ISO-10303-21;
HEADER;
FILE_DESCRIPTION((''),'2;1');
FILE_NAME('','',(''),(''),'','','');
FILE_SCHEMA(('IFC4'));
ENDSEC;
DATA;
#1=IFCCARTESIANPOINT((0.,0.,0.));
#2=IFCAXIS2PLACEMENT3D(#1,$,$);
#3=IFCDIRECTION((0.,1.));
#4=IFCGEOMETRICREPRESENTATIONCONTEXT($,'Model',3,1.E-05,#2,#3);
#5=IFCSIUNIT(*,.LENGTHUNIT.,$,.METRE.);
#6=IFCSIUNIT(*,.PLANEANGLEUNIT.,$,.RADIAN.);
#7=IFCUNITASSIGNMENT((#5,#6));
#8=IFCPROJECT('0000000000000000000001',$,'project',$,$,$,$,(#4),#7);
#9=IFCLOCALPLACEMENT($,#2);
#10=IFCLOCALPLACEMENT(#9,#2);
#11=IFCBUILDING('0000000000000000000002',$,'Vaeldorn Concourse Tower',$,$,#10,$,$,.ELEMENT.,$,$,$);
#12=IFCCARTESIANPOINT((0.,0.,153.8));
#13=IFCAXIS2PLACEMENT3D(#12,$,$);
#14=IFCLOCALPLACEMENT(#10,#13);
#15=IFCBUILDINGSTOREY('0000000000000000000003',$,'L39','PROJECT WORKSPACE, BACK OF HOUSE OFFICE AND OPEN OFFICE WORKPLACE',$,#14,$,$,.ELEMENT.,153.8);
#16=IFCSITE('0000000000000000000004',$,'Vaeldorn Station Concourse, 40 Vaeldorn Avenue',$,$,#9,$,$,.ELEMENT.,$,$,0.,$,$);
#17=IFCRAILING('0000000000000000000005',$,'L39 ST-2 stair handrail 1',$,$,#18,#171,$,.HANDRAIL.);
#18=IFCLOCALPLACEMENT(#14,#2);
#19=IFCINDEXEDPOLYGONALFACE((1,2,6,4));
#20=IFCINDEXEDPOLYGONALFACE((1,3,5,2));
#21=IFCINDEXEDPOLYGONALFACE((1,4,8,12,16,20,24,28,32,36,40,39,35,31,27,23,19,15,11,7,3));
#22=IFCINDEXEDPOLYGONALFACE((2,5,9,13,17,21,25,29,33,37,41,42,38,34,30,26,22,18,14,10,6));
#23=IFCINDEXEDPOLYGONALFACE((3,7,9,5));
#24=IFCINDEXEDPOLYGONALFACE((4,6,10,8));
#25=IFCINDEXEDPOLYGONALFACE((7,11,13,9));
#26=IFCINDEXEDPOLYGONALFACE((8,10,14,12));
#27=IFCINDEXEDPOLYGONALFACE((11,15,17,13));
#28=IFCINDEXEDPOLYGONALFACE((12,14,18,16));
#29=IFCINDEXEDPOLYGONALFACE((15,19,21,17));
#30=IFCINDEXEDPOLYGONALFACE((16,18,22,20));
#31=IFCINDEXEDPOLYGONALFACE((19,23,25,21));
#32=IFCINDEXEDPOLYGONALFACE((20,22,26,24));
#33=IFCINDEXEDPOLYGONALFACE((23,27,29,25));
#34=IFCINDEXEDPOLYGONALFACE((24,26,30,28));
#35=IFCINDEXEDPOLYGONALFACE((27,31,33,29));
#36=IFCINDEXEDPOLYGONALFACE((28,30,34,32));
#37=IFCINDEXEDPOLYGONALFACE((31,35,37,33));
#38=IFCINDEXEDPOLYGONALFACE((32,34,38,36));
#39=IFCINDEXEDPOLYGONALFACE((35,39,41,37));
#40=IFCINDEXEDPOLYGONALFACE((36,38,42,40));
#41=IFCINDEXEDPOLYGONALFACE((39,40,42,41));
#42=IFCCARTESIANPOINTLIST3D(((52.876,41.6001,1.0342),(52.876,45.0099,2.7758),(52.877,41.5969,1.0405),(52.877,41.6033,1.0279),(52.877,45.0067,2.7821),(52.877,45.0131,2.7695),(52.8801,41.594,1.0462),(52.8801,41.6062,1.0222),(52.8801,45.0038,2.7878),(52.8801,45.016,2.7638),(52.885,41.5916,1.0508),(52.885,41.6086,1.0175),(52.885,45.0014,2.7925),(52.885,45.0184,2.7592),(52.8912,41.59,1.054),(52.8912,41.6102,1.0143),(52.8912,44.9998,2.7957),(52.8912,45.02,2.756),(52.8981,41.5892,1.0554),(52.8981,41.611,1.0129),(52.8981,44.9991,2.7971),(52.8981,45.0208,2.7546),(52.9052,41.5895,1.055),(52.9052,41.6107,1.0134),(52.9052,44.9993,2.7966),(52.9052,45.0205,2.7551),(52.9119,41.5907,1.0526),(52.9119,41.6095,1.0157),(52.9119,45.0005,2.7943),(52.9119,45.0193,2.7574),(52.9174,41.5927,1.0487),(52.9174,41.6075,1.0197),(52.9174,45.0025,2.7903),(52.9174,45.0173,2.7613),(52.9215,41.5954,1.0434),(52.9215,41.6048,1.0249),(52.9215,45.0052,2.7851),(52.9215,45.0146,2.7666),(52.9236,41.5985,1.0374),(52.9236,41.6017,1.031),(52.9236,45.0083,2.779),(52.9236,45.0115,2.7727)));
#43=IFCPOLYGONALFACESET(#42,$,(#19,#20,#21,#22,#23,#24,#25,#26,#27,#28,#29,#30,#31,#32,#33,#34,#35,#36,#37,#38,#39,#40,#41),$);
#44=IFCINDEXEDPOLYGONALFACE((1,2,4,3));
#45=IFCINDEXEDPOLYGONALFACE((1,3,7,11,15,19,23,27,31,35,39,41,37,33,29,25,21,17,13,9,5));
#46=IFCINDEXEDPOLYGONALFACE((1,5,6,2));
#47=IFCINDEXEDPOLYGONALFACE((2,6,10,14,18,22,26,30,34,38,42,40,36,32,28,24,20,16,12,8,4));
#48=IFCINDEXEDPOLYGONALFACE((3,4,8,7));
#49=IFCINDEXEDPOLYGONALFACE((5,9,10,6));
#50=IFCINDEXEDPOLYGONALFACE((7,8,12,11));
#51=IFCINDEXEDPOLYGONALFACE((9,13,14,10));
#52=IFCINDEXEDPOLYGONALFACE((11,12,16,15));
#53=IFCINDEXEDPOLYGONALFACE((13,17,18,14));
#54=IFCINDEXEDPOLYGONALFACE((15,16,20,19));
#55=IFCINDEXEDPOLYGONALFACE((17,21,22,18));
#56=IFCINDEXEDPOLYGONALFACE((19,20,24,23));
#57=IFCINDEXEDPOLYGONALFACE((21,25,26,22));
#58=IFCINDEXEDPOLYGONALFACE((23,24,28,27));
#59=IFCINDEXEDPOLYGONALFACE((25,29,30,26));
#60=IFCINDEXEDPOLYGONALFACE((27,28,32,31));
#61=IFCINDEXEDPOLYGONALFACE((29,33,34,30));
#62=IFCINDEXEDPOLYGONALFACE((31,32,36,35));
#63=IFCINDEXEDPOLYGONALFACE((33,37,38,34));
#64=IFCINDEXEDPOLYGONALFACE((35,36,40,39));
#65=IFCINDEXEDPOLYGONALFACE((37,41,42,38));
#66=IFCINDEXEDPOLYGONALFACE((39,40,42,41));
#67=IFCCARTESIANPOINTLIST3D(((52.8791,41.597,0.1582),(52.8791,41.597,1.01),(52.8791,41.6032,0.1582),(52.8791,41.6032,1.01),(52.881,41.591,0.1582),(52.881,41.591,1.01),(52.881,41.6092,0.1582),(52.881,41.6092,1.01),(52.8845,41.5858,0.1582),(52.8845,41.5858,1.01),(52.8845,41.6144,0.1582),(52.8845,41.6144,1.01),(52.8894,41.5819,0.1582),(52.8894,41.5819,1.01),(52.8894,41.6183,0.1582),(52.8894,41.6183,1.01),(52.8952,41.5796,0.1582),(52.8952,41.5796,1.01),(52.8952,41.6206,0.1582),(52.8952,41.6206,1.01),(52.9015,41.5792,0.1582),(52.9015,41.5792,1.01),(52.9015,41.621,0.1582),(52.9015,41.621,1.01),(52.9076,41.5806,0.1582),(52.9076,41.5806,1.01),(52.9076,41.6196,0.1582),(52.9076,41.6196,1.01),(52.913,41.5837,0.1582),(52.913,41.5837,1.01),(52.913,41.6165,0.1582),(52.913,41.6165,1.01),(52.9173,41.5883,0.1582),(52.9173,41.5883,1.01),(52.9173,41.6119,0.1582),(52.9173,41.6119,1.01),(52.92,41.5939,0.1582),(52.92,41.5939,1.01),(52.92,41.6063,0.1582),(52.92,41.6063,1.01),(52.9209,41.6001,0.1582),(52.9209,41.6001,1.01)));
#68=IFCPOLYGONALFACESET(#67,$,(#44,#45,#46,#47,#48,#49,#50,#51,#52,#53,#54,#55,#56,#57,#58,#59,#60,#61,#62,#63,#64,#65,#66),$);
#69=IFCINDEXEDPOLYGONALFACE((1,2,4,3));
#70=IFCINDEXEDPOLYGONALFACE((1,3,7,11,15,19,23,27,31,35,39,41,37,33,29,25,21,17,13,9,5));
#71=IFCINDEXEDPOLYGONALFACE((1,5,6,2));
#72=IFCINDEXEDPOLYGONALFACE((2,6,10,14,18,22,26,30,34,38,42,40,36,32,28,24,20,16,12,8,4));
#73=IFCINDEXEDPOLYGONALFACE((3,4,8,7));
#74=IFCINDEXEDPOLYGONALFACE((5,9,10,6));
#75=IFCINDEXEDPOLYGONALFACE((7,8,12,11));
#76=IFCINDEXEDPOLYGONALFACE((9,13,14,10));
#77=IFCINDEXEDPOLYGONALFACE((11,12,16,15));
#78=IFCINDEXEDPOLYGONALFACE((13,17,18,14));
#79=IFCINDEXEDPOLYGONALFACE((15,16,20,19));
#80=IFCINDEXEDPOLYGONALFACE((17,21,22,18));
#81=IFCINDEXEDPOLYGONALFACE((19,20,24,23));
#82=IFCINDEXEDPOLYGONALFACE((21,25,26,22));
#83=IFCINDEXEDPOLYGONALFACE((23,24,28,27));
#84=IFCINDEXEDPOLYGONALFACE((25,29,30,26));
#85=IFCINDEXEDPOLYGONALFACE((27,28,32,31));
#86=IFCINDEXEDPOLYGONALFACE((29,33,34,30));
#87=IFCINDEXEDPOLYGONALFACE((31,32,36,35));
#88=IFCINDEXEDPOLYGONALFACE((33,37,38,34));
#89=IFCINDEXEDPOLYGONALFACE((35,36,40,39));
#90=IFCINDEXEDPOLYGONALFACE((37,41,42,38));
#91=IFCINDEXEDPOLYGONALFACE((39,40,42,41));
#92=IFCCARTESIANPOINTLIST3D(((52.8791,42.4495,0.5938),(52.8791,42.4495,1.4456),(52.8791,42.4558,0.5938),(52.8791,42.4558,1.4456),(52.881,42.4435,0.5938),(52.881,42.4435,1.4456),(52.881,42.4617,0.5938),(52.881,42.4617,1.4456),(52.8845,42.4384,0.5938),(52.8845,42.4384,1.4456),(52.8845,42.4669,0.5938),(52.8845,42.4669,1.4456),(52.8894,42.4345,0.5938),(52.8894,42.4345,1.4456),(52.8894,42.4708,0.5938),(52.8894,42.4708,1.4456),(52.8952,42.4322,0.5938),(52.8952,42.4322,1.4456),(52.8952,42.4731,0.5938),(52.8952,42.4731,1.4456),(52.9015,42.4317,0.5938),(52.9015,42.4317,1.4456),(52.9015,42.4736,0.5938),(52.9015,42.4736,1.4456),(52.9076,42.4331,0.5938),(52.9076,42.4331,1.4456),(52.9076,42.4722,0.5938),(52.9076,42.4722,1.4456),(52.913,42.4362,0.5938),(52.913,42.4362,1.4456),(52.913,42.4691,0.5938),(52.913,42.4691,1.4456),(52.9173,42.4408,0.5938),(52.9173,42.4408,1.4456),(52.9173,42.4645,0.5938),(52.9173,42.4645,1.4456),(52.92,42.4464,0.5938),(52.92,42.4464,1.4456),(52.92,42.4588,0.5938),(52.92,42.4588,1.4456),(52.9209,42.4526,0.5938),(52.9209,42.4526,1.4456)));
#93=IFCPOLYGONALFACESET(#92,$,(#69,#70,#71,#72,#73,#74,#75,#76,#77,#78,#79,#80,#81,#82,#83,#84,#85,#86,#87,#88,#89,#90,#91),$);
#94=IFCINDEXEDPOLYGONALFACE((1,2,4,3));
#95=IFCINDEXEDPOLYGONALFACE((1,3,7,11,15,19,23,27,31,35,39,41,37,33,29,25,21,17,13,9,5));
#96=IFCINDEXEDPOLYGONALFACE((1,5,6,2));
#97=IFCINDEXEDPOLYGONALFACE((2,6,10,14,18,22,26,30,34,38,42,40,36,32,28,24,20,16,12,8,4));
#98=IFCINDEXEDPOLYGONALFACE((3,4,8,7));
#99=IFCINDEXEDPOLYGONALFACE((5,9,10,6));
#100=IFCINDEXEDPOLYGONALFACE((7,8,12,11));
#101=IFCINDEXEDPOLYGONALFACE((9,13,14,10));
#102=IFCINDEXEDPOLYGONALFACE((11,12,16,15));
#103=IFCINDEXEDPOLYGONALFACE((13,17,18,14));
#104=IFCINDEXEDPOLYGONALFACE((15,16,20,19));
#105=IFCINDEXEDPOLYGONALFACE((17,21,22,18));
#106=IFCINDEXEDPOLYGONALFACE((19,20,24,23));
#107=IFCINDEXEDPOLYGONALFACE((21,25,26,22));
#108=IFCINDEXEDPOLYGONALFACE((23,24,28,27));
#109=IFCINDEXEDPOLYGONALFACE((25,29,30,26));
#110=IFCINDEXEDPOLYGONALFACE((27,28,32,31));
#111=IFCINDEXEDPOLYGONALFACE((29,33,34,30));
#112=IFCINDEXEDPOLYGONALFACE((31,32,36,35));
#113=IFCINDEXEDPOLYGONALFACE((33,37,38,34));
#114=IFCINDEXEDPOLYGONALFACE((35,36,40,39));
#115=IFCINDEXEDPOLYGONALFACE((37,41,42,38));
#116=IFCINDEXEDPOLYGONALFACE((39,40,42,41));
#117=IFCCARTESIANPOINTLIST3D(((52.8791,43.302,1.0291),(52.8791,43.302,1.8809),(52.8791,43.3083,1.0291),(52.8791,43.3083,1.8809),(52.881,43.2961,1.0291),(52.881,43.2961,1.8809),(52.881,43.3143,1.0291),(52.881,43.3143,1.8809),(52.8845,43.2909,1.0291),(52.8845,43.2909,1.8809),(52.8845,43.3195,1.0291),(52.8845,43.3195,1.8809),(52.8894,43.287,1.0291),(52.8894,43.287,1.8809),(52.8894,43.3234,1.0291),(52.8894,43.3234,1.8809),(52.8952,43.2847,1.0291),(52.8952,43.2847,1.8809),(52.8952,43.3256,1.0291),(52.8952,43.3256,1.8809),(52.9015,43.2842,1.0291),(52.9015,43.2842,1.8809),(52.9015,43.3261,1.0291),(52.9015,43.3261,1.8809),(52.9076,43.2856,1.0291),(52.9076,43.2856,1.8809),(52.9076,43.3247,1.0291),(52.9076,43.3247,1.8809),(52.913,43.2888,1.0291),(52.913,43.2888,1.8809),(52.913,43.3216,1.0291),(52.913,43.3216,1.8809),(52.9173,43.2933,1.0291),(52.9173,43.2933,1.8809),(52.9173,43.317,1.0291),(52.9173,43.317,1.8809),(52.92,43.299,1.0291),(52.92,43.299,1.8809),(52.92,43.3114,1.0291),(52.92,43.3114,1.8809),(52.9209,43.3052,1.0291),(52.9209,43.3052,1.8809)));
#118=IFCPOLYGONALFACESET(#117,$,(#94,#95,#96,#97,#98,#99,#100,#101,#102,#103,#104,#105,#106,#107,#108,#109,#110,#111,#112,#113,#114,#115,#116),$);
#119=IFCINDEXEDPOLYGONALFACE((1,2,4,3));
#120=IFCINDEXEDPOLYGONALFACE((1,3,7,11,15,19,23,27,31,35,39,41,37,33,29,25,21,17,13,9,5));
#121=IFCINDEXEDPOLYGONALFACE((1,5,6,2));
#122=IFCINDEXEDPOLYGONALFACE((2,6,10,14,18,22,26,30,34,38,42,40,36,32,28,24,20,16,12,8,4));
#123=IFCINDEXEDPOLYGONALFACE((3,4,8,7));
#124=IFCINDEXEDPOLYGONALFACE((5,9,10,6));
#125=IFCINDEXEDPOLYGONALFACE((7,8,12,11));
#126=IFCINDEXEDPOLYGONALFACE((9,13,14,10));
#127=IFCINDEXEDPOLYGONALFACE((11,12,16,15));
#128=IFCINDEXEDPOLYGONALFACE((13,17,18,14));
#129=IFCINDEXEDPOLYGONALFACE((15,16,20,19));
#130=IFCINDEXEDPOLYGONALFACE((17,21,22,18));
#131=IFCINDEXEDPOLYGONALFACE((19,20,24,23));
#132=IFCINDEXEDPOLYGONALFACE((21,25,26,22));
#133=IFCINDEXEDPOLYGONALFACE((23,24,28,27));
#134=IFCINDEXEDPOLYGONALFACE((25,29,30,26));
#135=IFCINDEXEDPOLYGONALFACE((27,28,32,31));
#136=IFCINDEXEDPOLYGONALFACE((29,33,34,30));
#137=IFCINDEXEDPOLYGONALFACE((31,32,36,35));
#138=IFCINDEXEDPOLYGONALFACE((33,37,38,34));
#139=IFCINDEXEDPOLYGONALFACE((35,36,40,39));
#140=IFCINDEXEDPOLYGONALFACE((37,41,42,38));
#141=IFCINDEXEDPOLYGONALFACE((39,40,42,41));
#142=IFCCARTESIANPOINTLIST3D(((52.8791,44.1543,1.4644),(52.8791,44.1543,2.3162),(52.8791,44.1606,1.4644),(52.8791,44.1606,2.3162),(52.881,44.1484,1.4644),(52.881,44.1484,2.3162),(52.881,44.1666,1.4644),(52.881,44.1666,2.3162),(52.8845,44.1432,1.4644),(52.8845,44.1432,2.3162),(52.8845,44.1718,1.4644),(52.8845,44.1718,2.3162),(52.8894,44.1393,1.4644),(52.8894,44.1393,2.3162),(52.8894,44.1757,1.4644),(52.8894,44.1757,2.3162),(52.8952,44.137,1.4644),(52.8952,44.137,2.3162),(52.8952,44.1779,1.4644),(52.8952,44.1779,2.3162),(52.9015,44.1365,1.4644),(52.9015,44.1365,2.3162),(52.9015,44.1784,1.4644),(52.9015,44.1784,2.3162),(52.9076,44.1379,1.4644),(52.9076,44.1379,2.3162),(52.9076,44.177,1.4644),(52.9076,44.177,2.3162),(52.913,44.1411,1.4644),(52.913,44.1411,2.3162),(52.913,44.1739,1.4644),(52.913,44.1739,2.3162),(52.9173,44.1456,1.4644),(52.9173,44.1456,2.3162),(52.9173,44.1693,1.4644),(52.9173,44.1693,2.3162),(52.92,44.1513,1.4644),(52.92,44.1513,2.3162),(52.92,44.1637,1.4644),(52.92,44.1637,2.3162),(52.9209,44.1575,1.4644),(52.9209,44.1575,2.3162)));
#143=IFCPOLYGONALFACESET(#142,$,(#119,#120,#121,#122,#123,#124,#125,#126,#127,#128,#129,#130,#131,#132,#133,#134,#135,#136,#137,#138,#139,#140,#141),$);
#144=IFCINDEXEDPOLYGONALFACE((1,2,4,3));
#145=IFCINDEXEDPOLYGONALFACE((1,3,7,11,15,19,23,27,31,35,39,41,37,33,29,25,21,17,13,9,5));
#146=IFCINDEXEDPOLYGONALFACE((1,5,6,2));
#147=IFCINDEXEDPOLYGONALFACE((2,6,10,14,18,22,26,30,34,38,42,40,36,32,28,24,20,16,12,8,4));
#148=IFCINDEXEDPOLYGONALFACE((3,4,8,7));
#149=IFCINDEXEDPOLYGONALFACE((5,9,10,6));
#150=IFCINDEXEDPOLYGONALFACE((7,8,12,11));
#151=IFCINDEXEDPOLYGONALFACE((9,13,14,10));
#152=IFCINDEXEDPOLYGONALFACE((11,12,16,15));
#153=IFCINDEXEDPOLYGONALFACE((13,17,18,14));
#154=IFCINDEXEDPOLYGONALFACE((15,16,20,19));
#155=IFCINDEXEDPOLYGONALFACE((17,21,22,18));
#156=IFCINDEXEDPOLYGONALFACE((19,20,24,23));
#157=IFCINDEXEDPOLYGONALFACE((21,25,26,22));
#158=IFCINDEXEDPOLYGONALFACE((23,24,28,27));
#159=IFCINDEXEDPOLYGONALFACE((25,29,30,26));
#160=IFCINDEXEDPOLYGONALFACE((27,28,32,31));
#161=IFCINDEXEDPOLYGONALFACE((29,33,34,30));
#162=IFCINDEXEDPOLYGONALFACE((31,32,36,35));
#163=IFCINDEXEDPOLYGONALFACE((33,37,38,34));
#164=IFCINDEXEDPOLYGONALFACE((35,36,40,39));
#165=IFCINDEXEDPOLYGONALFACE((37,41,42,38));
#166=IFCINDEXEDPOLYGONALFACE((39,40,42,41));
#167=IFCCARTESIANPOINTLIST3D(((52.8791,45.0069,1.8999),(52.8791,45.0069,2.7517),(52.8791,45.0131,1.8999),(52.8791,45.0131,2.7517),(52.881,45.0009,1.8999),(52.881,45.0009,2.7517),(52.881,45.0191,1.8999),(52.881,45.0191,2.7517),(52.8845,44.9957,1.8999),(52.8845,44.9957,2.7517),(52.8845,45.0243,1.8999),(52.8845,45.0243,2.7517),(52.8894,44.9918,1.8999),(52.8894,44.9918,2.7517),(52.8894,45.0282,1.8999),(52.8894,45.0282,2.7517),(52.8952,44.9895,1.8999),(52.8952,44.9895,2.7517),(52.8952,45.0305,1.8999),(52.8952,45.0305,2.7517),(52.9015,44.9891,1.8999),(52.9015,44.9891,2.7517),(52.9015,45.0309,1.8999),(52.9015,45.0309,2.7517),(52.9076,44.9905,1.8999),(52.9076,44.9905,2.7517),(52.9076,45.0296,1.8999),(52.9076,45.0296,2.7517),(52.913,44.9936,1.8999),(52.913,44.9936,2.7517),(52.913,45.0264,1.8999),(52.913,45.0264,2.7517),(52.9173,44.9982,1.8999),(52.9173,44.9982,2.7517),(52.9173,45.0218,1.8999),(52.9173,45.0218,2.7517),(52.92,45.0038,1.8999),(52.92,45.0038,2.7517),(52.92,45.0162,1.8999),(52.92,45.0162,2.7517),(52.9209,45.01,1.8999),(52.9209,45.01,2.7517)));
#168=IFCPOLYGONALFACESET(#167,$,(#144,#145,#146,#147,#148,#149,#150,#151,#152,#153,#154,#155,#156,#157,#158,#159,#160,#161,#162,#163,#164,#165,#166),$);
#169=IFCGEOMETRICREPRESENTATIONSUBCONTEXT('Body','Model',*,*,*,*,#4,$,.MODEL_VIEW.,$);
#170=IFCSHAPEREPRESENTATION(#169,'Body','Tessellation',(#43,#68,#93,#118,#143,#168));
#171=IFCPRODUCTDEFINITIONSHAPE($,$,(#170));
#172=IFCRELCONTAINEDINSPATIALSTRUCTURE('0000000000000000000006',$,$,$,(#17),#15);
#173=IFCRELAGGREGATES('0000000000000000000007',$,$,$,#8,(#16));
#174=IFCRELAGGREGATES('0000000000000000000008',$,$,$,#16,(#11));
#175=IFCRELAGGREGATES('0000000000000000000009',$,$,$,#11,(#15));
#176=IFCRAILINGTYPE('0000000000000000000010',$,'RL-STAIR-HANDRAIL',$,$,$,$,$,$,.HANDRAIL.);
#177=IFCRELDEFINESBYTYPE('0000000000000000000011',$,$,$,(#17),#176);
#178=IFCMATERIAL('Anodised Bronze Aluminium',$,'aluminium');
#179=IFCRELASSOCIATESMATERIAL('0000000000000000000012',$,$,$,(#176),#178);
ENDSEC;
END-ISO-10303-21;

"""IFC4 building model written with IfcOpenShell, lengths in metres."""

from ifc_helpers import new_model, si_unit, direction, frame, origin, origin_2d, place, context, subcontext, project, spatial, circle, extrude, material, type_object, element, save


model = new_model("IFC4")

# Units and contexts
model_context = context("Model", 3, precision=1e-05, world=origin(), true_north=direction((0.0, 1.0)))
body_context = subcontext(model_context, "Body", "Model", "MODEL_VIEW")
ifc_project = project(units=[si_unit("LENGTHUNIT", "METRE"), si_unit("PLANEANGLEUNIT", "RADIAN")], contexts=[model_context])

# Site, building, storey
site_placement = place(None, origin())
site = spatial("IfcSite", under=ifc_project, at=site_placement, Name="Vaeldorn Station Concourse, 40 Vaeldorn Avenue", CompositionType="ELEMENT", RefElevation=0.0)
building_placement = place(site_placement, origin())
building = spatial("IfcBuilding", under=site, at=building_placement, Name="Vaeldorn Concourse Tower", CompositionType="ELEMENT")
storey_placement = place(building_placement, frame((0.0, 0.0, 153.8)))
storey = spatial("IfcBuildingStorey", under=building, at=storey_placement, Name="L39", Description="PROJECT WORKSPACE, BACK OF HOUSE OFFICE AND OPEN OFFICE WORKPLACE", CompositionType="ELEMENT", Elevation=153.8)

# Shared definitions
ifc_material_1 = material(Name="Anodised Bronze Aluminium", Category="aluminium")

# Railing
railing_type_1 = type_object("IfcRailingType", Name="RL-STAIR-HANDRAIL", PredefinedType="HANDRAIL", material=ifc_material_1)
railing_1_placement = place(storey_placement, frame((52.8999, 41.6001, 0.1582)))
element("IfcRailing", 1, at=railing_1_placement, inside=storey, type_object=railing_type_1, Name="L39 ST-2 stair handrail 1", PredefinedType="HANDRAIL", context=body_context, shape_type="SweptSolid", body=[
    extrude(circle(Radius=0.0239, at=origin_2d()), frame((0.0, 0.0, 0.876), z_axis=(0.0, 0.890556, 0.454874), x_axis=(-1.0, 0.0, 0.0)), (0.0, 0.0, 1.0), 3.8289),
    extrude(circle(Radius=0.021, at=origin_2d()), origin(), (0.0, 0.0, 1.0), 0.8518),
    extrude(circle(Radius=0.021, at=origin_2d()), frame((0.0, 0.8525, 0.4355)), (0.0, 0.0, 1.0), 0.8518),
    extrude(circle(Radius=0.021, at=origin_2d()), frame((0.0, 1.7051, 0.8708)), (0.0, 0.0, 1.0), 0.8518),
    extrude(circle(Radius=0.021, at=origin_2d()), frame((0.0, 2.5574, 1.3062)), (0.0, 0.0, 1.0), 0.8518),
    extrude(circle(Radius=0.021, at=origin_2d()), frame((0.0, 3.4099, 1.7417)), (0.0, 0.0, 1.0), 0.8518),
])

save(model, "model.ifc")
